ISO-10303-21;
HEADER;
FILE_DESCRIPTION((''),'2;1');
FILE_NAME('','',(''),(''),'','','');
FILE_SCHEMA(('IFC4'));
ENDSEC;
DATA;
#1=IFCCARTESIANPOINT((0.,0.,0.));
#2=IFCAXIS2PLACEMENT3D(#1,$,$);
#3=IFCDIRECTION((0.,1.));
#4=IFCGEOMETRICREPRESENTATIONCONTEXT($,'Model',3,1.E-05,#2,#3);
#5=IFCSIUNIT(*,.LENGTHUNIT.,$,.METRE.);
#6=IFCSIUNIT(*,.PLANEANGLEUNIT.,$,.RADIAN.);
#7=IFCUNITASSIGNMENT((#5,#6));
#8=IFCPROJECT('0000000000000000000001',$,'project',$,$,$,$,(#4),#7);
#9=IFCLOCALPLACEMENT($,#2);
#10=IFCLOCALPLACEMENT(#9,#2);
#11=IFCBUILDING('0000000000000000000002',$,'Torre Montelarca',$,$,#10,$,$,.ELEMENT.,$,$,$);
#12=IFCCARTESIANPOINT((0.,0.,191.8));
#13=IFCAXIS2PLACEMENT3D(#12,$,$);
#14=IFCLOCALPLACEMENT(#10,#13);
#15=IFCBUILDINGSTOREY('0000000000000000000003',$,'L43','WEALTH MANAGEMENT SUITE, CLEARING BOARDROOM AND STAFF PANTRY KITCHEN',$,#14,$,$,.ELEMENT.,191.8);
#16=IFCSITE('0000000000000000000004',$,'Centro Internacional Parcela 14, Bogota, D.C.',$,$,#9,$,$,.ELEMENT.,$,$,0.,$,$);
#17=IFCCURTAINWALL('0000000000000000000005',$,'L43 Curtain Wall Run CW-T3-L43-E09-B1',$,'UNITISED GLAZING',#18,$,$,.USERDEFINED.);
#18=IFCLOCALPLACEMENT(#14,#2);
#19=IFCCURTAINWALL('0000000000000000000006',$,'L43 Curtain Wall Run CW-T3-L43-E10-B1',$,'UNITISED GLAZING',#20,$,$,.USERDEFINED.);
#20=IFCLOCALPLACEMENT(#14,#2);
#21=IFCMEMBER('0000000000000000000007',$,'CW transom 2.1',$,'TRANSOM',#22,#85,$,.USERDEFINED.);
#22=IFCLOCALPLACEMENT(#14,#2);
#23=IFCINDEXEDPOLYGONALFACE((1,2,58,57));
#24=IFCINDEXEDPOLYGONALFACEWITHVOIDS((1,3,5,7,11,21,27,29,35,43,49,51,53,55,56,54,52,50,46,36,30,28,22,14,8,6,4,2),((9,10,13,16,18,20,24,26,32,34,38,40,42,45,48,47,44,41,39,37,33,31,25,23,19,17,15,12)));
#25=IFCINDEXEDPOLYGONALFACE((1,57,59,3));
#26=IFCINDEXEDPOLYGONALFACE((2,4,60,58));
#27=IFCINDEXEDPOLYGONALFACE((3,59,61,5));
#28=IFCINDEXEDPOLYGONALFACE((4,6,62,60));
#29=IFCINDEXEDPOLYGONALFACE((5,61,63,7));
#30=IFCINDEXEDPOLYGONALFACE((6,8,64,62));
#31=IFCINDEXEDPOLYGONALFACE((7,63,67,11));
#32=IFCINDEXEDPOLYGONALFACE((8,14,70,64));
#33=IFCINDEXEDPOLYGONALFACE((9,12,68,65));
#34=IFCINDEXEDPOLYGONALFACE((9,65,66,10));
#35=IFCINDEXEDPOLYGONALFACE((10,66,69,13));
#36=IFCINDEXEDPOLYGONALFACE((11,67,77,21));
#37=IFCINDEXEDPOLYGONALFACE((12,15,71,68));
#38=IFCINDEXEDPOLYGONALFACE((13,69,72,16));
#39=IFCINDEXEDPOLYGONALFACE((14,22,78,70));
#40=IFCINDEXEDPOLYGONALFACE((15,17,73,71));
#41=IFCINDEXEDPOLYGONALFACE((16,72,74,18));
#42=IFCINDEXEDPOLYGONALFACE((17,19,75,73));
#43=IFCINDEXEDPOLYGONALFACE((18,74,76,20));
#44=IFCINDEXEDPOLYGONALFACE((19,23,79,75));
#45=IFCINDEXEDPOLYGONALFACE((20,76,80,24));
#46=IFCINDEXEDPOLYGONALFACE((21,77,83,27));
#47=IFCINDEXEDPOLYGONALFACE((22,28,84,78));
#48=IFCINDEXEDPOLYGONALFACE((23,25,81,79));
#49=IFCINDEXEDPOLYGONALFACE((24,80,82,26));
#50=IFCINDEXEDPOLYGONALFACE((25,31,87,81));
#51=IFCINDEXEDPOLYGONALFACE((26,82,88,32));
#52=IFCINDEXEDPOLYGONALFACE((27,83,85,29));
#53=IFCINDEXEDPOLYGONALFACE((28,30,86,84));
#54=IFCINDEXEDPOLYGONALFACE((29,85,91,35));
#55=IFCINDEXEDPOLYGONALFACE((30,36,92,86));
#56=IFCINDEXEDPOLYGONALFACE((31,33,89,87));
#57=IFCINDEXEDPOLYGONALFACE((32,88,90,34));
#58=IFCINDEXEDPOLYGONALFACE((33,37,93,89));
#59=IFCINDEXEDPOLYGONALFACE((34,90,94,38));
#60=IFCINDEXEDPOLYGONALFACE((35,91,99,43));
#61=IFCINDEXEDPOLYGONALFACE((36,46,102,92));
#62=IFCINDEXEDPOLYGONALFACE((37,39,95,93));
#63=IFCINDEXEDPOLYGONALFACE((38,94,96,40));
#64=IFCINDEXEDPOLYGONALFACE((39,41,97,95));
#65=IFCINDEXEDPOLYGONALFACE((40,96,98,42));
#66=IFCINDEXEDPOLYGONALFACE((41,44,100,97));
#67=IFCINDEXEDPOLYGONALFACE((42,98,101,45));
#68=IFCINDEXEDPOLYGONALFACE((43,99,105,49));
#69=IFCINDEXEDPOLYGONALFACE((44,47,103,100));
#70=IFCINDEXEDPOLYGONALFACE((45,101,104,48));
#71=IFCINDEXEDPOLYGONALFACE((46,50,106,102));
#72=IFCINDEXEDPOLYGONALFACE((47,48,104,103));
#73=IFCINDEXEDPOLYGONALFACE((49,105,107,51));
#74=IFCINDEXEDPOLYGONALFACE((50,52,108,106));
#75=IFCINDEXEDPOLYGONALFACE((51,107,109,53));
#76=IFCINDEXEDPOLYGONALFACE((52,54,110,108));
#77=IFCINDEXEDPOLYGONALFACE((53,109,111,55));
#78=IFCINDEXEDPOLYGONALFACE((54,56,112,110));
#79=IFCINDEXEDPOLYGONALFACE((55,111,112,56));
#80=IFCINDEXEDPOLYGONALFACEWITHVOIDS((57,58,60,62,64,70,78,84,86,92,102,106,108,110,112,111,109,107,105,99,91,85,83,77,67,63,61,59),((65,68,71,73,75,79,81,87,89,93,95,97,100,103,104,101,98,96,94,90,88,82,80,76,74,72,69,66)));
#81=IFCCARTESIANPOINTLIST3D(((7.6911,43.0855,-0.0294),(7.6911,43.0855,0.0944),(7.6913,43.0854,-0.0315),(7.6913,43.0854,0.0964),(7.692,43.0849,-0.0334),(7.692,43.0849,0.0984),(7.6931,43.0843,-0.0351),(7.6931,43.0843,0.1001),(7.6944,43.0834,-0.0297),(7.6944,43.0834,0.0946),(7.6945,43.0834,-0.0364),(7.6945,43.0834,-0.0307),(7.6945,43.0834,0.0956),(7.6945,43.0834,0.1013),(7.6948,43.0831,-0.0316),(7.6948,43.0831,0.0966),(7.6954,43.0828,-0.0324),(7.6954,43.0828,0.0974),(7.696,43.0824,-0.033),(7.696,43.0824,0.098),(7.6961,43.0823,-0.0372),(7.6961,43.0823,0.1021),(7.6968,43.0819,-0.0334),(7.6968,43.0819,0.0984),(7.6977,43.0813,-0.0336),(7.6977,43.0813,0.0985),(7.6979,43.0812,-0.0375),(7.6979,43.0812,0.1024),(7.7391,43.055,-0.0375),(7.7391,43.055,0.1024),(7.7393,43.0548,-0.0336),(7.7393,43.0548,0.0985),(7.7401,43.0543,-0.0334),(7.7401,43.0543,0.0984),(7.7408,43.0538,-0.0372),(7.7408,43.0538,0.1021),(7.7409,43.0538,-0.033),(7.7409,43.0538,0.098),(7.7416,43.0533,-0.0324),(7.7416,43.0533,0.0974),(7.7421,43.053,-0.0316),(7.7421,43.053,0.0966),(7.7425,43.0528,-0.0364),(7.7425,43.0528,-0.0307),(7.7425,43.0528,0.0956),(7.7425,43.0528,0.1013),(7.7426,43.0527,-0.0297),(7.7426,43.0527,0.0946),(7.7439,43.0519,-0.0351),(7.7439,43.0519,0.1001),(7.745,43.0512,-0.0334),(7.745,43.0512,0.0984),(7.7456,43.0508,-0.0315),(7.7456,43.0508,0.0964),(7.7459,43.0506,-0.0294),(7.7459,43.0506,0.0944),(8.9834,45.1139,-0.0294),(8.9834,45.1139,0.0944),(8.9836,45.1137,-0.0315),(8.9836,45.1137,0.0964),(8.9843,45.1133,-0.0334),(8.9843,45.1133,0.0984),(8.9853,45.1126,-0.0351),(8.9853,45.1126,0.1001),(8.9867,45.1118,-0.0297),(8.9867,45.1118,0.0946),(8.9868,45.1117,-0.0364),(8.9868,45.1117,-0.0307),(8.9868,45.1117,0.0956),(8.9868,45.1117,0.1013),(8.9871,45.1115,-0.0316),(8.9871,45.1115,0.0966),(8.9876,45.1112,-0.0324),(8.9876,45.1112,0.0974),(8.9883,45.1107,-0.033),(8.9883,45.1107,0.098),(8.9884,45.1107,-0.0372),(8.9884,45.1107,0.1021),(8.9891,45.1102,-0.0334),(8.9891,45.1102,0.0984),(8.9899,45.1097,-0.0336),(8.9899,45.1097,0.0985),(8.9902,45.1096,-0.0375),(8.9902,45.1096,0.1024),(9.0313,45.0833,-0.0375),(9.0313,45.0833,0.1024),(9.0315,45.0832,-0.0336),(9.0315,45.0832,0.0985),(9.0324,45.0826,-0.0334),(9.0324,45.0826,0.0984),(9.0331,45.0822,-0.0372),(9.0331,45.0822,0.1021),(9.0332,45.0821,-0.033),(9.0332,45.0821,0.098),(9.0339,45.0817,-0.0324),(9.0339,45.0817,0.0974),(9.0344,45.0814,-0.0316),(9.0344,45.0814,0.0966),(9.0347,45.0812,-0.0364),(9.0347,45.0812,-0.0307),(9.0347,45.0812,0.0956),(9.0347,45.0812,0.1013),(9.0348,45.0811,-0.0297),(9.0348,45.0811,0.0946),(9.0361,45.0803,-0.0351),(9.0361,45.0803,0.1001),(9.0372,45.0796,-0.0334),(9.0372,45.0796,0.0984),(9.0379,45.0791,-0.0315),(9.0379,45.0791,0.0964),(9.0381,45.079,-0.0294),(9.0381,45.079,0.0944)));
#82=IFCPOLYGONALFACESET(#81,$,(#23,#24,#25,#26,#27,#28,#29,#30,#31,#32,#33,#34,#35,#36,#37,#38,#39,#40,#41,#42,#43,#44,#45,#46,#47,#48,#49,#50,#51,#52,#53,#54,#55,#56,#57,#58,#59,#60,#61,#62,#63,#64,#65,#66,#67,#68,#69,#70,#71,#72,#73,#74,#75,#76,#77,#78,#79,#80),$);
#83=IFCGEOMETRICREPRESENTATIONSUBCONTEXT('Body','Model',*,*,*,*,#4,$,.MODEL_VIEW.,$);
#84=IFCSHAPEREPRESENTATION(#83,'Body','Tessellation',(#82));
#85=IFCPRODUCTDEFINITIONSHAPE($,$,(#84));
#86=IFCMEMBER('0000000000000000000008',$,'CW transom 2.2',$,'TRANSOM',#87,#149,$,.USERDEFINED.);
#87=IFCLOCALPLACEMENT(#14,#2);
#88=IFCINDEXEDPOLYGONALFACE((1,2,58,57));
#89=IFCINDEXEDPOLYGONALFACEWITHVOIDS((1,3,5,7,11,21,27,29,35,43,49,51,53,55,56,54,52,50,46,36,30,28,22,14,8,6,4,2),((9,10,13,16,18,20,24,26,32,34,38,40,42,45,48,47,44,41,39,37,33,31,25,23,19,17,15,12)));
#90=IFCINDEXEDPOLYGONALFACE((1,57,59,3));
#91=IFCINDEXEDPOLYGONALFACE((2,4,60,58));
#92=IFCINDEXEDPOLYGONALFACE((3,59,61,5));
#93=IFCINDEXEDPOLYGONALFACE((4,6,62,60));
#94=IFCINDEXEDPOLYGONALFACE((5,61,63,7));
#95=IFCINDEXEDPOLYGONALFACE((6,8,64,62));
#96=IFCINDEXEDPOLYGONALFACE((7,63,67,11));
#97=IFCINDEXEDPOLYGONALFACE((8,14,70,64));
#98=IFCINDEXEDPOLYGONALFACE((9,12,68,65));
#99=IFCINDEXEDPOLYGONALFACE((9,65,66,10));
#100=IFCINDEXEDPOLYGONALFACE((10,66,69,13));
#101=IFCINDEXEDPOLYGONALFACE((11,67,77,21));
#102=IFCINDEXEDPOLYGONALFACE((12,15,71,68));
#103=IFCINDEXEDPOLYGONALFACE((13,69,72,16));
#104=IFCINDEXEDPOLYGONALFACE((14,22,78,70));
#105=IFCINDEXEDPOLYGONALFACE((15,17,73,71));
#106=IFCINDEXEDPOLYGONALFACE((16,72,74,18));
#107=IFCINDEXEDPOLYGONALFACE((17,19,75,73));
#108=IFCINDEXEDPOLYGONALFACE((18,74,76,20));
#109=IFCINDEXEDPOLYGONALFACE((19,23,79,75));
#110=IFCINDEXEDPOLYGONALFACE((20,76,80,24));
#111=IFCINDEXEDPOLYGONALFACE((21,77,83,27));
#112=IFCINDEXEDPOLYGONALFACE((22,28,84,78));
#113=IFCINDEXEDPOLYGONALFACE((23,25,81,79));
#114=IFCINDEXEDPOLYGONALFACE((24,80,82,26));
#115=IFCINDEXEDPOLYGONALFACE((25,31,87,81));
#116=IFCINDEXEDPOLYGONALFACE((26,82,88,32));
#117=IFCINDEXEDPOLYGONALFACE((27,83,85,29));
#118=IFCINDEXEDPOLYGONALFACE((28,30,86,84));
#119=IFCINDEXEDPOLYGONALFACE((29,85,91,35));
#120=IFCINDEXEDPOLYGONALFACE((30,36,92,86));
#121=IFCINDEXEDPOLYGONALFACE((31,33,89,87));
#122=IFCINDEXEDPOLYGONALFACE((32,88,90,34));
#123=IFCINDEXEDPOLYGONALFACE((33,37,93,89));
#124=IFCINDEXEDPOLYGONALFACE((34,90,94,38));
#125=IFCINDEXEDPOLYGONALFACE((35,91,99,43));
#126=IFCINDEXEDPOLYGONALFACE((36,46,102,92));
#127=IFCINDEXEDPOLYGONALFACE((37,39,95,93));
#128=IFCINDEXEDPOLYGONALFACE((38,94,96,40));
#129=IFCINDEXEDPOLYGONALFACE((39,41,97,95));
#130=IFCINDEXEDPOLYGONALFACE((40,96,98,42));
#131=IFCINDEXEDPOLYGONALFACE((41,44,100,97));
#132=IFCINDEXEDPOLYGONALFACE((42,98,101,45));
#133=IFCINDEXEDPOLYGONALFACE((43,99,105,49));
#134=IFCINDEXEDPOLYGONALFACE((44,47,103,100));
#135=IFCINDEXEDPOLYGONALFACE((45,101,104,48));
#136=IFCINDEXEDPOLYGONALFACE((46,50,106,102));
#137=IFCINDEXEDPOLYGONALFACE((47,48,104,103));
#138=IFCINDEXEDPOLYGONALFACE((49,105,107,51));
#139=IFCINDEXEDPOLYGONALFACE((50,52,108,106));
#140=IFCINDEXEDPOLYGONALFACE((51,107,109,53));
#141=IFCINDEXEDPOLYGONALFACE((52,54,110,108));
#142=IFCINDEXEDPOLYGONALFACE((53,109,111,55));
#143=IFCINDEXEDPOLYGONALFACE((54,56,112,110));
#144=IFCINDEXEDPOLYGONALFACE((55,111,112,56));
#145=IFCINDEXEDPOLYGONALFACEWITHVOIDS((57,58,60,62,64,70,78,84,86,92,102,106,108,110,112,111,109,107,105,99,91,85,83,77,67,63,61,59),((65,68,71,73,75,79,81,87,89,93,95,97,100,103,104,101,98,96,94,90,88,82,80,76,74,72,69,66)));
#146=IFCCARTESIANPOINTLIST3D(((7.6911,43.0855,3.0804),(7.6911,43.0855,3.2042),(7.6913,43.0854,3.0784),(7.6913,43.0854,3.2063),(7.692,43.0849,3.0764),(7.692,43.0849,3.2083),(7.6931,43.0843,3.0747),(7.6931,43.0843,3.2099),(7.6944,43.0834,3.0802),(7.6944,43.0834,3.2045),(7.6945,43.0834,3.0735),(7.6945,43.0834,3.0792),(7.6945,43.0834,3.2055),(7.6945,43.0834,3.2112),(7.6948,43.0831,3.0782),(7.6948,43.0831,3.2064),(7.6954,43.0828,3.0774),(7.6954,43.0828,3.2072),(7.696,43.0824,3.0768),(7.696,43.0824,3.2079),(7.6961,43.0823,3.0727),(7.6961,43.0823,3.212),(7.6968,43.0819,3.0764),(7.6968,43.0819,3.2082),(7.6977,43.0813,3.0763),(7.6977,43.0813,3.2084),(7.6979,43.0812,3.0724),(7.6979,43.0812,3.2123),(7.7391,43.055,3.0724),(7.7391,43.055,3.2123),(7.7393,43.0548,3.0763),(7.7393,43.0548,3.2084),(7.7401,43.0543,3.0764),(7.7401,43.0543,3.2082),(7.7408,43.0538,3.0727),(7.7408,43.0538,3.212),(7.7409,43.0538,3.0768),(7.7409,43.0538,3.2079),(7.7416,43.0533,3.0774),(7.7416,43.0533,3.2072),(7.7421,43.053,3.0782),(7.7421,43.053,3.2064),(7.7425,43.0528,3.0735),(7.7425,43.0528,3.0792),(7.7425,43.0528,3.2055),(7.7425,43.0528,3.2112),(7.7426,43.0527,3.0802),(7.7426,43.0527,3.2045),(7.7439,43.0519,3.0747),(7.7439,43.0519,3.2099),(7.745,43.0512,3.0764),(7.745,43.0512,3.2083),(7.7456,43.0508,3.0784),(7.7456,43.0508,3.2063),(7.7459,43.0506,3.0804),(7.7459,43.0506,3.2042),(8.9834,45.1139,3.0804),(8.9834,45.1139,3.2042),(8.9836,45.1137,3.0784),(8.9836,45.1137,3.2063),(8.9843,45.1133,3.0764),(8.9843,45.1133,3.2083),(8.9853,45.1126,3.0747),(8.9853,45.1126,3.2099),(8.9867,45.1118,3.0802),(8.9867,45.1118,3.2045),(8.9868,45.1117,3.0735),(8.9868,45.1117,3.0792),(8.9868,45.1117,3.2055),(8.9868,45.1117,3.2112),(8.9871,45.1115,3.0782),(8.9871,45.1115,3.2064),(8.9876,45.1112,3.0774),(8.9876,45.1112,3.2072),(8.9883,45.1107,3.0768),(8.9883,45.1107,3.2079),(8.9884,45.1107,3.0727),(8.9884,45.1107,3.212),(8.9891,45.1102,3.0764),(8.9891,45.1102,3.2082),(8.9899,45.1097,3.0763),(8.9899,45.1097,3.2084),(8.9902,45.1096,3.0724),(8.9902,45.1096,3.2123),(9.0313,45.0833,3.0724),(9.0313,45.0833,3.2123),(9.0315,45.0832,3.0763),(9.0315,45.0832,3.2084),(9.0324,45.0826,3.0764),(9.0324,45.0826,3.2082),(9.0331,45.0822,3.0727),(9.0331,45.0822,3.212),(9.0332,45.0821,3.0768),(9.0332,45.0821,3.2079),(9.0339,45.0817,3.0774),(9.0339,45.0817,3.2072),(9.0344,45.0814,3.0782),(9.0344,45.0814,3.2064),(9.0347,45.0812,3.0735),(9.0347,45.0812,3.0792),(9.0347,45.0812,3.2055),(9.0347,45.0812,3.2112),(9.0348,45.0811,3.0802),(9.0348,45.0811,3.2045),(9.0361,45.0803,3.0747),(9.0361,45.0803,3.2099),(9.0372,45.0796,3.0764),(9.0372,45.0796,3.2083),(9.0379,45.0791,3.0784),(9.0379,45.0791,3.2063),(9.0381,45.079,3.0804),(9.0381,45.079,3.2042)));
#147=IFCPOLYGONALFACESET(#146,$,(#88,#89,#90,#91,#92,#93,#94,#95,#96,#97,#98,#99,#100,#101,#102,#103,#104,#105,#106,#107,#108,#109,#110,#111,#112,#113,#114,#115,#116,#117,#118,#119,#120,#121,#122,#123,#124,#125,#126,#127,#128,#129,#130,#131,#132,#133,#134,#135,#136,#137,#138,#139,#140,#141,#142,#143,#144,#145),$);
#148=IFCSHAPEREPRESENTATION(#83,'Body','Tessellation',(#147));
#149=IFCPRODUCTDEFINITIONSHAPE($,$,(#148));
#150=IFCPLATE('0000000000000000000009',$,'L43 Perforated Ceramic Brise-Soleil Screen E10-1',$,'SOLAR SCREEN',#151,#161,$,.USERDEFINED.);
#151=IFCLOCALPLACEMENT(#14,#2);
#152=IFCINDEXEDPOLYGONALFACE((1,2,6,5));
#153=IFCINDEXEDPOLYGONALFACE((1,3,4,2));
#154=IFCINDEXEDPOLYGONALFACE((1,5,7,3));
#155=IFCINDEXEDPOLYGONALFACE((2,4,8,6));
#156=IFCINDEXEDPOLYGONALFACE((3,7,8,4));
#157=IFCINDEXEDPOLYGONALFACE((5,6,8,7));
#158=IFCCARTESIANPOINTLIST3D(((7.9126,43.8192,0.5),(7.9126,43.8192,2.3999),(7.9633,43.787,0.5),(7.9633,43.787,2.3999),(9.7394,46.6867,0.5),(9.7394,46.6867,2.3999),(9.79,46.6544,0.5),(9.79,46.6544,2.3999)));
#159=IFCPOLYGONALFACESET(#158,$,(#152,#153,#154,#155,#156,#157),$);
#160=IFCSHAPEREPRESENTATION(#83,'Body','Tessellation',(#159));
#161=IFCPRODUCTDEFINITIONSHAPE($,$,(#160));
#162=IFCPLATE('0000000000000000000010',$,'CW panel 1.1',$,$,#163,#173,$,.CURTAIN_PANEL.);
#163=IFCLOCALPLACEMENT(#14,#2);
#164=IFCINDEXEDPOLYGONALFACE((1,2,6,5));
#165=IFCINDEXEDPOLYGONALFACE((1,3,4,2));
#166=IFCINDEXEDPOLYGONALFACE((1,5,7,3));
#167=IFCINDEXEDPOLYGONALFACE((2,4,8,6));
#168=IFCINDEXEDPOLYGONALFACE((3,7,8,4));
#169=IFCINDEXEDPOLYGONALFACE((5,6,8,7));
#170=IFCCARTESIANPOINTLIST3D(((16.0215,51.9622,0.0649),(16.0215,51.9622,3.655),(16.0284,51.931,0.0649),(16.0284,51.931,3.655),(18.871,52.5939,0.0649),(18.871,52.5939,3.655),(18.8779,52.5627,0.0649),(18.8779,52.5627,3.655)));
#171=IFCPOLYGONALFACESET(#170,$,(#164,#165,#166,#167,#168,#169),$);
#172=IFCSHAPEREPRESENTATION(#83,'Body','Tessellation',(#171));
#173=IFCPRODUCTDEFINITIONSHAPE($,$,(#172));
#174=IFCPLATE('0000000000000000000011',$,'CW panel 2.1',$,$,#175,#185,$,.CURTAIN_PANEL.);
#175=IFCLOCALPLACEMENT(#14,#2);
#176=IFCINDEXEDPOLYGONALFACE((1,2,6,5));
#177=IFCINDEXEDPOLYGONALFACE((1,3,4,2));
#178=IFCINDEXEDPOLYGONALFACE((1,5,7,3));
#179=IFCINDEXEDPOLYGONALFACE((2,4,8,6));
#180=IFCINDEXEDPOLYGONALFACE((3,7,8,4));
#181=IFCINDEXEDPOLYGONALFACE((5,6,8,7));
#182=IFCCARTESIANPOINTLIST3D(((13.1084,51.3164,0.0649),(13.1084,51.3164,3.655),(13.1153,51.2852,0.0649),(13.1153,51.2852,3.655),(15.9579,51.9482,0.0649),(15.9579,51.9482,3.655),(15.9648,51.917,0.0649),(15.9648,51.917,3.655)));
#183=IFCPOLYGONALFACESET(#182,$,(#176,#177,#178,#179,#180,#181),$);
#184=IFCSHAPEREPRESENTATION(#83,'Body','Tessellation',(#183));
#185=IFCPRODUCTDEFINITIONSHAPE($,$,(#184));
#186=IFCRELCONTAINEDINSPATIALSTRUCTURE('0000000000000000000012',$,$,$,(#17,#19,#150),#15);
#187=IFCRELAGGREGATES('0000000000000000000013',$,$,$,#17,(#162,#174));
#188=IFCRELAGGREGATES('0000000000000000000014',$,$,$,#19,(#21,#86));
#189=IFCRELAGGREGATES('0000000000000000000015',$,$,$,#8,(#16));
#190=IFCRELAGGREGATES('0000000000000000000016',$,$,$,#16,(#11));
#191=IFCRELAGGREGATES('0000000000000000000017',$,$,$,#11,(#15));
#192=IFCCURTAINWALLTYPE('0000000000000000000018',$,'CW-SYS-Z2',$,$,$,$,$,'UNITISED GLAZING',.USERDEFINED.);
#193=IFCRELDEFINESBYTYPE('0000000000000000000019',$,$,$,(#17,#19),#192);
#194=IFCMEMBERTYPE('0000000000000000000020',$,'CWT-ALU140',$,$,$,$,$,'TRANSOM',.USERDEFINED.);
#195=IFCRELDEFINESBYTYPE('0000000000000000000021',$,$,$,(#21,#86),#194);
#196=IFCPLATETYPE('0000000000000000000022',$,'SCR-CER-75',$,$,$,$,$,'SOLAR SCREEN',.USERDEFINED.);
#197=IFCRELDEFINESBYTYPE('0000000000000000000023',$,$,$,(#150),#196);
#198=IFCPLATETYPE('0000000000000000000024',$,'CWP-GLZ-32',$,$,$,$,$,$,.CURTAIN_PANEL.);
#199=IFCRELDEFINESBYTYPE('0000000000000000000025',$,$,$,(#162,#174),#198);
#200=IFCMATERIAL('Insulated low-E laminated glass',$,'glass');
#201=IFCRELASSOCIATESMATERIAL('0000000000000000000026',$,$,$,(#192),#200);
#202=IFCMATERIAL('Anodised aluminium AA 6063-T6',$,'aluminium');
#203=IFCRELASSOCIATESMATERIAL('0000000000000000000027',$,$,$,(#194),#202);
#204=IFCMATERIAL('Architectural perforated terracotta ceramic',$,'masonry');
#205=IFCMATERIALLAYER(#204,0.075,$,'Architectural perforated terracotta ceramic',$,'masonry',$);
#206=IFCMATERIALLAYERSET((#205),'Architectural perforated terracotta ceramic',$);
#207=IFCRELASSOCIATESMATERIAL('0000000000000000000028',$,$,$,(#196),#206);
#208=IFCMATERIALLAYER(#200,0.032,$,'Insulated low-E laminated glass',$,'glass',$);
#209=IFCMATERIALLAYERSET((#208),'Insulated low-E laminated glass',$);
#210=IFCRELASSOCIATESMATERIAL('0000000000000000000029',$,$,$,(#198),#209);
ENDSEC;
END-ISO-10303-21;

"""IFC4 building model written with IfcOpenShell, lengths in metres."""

from ifc_helpers import new_model, si_unit, direction, frame, origin, origin_2d, place, context, subcontext, project, spatial, rectangle, hollow_rectangle, extrude, source, transform, mapped, material, layer, layer_set, material_profile, profile_set, type_object, element, aggregate, save


model = new_model("IFC4")

# Units and contexts
model_context = context("Model", 3, precision=1e-05, world=origin(), true_north=direction((0.0, 1.0)))
body_context = subcontext(model_context, "Body", "Model", "MODEL_VIEW")
ifc_project = project(units=[si_unit("LENGTHUNIT", "METRE"), si_unit("PLANEANGLEUNIT", "RADIAN")], contexts=[model_context])

# Site, building, storey
site_placement = place(None, origin())
site = spatial("IfcSite", under=ifc_project, at=site_placement, Name="Centro Internacional Parcela 14, Bogota, D.C.", CompositionType="ELEMENT", RefElevation=0.0)
building_placement = place(site_placement, origin())
building = spatial("IfcBuilding", under=site, at=building_placement, Name="Torre Montelarca", CompositionType="ELEMENT")
storey_placement = place(building_placement, frame((0.0, 0.0, 191.8)))
storey = spatial("IfcBuildingStorey", under=building, at=storey_placement, Name="L43", Description="WEALTH MANAGEMENT SUITE, CLEARING BOARDROOM AND STAFF PANTRY KITCHEN", CompositionType="ELEMENT", Elevation=191.8)

# Curtain walls, members
ifc_material_1 = material(Name="Insulated low-E laminated glass", Category="glass")
curtain_wall_type = type_object("IfcCurtainWallType", Name="CW-SYS-Z2", ElementType="UNITISED GLAZING", PredefinedType="USERDEFINED", material=ifc_material_1)
curtain_wall_1_placement = place(storey_placement, origin())
curtain_wall_1 = element("IfcCurtainWall", 1, at=curtain_wall_1_placement, inside=storey, type_object=curtain_wall_type, Name="L43 Curtain Wall Run CW-T3-L43-E09-B1", ObjectType="UNITISED GLAZING", PredefinedType="USERDEFINED")
ifc_material_2 = material(Name="Anodised aluminium AA 6063-T6", Category="aluminium")
ifc_material_profile_1 = material_profile(ifc_material_2, hollow_rectangle(XDim=0.0649, YDim=0.1399, WallThickness=0.0039, InnerFilletRadius=0.0039, OuterFilletRadius=0.0081, at=origin_2d()), Name="ALU65X140X4", Category="aluminium")
ifc_profile_set_1 = profile_set([ifc_material_profile_1], Name="Anodised aluminium AA 6063-T6")
member_type_1 = type_object("IfcMemberType", Name="CWT-ALU140", ElementType="TRANSOM", PredefinedType="USERDEFINED", material=ifc_profile_set_1)
curtain_wall_2_placement = place(storey_placement, origin())
curtain_wall_2 = element("IfcCurtainWall", 2, at=curtain_wall_2_placement, inside=storey, type_object=curtain_wall_type, Name="L43 Curtain Wall Run CW-T3-L43-E10-B1", ObjectType="UNITISED GLAZING", PredefinedType="USERDEFINED")
shared_shape_1 = source(origin(), body_context, "Body", "SweptSolid", [
    extrude(hollow_rectangle(XDim=0.0649, YDim=0.1399, WallThickness=0.0039, InnerFilletRadius=0.0039, OuterFilletRadius=0.0081, at=origin_2d()), origin(), (0.0, 0.0, 1.0), 2.405),
])
member_1_placement = place(storey_placement, frame((9.0107, 45.0964, 0.0325), z_axis=(-0.537316, -0.843381, 0.0), x_axis=(0.843381, -0.537316, 0.0)))
member_1 = element("IfcMember", 3, at=member_1_placement, type_object=member_type_1, Name="CW transom 2.1", ObjectType="TRANSOM", PredefinedType="USERDEFINED", context=body_context, shape_type="MappedRepresentation", body=[
    mapped(shared_shape_1, transform((0.0, 0.0, 0.0), scale=1.0)),
])
member_2_placement = place(storey_placement, frame((9.0107, 45.0964, 3.1423), z_axis=(-0.537316, -0.843381, 0.0), x_axis=(0.843381, -0.537316, 0.0)))
member_2 = element("IfcMember", 4, at=member_2_placement, type_object=member_type_1, Name="CW transom 2.2", ObjectType="TRANSOM", PredefinedType="USERDEFINED", context=body_context, shape_type="MappedRepresentation", body=[
    mapped(shared_shape_1, transform((0.0, 0.0, 0.0), scale=1.0)),
])

# Plates
ifc_material_3 = material(Name="Architectural perforated terracotta ceramic", Category="masonry")
ifc_layer_1 = layer(ifc_material_3, 0.075, Name="Architectural perforated terracotta ceramic", Category="masonry")
ifc_layer_set_1 = layer_set([ifc_layer_1], Name="Architectural perforated terracotta ceramic")
plate_type_1 = type_object("IfcPlateType", Name="SCR-CER-75", ElementType="SOLAR SCREEN", PredefinedType="USERDEFINED", material=ifc_layer_set_1)
shared_shape_2 = source(origin(), body_context, "Body", "SweptSolid", [
    extrude(rectangle(XDim=3.3999, YDim=0.0601, at=origin_2d()), origin(), (0.0, 0.0, 1.0), 1.8999),
])
plate_1_placement = place(storey_placement, frame((8.8513, 45.2368, 0.5), z_axis=(0.0, 0.0, 1.0), x_axis=(-0.537298, -0.843392, 0.0)))
element("IfcPlate", 5, at=plate_1_placement, inside=storey, type_object=plate_type_1, Name="L43 Perforated Ceramic Brise-Soleil Screen E10-1", ObjectType="SOLAR SCREEN", PredefinedType="USERDEFINED", context=body_context, shape_type="MappedRepresentation", body=[
    mapped(shared_shape_2, transform((0.0, 0.0, 0.0), scale=1.0)),
])
ifc_layer_2 = layer(ifc_material_1, 0.032, Name="Insulated low-E laminated glass", Category="glass")
ifc_layer_set_2 = layer_set([ifc_layer_2], Name="Insulated low-E laminated glass")
plate_type_2 = type_object("IfcPlateType", Name="CWP-GLZ-32", PredefinedType="CURTAIN_PANEL", material=ifc_layer_set_2)
shared_shape_3 = source(origin(), body_context, "Body", "SweptSolid", [
    extrude(rectangle(XDim=2.9187, YDim=0.032, at=origin_2d()), origin(), (0.0, 0.0, 1.0), 3.5901),
])
plate_2_placement = place(storey_placement, frame((17.4497, 52.2625, 0.0649), z_axis=(0.0, 0.0, 1.0), x_axis=(-0.976294, -0.216448, 0.0)))
plate_2 = element("IfcPlate", 6, at=plate_2_placement, type_object=plate_type_2, Name="CW panel 1.1", PredefinedType="CURTAIN_PANEL", context=body_context, shape_type="MappedRepresentation", body=[
    mapped(shared_shape_3, transform((0.0, 0.0, 0.0), scale=1.0)),
])
plate_3_placement = place(storey_placement, frame((14.5366, 51.6167, 0.0649), z_axis=(0.0, 0.0, 1.0), x_axis=(-0.976294, -0.216448, 0.0)))
plate_3 = element("IfcPlate", 7, at=plate_3_placement, type_object=plate_type_2, Name="CW panel 2.1", PredefinedType="CURTAIN_PANEL", context=body_context, shape_type="MappedRepresentation", body=[
    mapped(shared_shape_3, transform((0.0, 0.0, 0.0), scale=1.0)),
])
aggregate(curtain_wall_1, [plate_2, plate_3])
aggregate(curtain_wall_2, [member_1, member_2])

save(model, "model.ifc")
